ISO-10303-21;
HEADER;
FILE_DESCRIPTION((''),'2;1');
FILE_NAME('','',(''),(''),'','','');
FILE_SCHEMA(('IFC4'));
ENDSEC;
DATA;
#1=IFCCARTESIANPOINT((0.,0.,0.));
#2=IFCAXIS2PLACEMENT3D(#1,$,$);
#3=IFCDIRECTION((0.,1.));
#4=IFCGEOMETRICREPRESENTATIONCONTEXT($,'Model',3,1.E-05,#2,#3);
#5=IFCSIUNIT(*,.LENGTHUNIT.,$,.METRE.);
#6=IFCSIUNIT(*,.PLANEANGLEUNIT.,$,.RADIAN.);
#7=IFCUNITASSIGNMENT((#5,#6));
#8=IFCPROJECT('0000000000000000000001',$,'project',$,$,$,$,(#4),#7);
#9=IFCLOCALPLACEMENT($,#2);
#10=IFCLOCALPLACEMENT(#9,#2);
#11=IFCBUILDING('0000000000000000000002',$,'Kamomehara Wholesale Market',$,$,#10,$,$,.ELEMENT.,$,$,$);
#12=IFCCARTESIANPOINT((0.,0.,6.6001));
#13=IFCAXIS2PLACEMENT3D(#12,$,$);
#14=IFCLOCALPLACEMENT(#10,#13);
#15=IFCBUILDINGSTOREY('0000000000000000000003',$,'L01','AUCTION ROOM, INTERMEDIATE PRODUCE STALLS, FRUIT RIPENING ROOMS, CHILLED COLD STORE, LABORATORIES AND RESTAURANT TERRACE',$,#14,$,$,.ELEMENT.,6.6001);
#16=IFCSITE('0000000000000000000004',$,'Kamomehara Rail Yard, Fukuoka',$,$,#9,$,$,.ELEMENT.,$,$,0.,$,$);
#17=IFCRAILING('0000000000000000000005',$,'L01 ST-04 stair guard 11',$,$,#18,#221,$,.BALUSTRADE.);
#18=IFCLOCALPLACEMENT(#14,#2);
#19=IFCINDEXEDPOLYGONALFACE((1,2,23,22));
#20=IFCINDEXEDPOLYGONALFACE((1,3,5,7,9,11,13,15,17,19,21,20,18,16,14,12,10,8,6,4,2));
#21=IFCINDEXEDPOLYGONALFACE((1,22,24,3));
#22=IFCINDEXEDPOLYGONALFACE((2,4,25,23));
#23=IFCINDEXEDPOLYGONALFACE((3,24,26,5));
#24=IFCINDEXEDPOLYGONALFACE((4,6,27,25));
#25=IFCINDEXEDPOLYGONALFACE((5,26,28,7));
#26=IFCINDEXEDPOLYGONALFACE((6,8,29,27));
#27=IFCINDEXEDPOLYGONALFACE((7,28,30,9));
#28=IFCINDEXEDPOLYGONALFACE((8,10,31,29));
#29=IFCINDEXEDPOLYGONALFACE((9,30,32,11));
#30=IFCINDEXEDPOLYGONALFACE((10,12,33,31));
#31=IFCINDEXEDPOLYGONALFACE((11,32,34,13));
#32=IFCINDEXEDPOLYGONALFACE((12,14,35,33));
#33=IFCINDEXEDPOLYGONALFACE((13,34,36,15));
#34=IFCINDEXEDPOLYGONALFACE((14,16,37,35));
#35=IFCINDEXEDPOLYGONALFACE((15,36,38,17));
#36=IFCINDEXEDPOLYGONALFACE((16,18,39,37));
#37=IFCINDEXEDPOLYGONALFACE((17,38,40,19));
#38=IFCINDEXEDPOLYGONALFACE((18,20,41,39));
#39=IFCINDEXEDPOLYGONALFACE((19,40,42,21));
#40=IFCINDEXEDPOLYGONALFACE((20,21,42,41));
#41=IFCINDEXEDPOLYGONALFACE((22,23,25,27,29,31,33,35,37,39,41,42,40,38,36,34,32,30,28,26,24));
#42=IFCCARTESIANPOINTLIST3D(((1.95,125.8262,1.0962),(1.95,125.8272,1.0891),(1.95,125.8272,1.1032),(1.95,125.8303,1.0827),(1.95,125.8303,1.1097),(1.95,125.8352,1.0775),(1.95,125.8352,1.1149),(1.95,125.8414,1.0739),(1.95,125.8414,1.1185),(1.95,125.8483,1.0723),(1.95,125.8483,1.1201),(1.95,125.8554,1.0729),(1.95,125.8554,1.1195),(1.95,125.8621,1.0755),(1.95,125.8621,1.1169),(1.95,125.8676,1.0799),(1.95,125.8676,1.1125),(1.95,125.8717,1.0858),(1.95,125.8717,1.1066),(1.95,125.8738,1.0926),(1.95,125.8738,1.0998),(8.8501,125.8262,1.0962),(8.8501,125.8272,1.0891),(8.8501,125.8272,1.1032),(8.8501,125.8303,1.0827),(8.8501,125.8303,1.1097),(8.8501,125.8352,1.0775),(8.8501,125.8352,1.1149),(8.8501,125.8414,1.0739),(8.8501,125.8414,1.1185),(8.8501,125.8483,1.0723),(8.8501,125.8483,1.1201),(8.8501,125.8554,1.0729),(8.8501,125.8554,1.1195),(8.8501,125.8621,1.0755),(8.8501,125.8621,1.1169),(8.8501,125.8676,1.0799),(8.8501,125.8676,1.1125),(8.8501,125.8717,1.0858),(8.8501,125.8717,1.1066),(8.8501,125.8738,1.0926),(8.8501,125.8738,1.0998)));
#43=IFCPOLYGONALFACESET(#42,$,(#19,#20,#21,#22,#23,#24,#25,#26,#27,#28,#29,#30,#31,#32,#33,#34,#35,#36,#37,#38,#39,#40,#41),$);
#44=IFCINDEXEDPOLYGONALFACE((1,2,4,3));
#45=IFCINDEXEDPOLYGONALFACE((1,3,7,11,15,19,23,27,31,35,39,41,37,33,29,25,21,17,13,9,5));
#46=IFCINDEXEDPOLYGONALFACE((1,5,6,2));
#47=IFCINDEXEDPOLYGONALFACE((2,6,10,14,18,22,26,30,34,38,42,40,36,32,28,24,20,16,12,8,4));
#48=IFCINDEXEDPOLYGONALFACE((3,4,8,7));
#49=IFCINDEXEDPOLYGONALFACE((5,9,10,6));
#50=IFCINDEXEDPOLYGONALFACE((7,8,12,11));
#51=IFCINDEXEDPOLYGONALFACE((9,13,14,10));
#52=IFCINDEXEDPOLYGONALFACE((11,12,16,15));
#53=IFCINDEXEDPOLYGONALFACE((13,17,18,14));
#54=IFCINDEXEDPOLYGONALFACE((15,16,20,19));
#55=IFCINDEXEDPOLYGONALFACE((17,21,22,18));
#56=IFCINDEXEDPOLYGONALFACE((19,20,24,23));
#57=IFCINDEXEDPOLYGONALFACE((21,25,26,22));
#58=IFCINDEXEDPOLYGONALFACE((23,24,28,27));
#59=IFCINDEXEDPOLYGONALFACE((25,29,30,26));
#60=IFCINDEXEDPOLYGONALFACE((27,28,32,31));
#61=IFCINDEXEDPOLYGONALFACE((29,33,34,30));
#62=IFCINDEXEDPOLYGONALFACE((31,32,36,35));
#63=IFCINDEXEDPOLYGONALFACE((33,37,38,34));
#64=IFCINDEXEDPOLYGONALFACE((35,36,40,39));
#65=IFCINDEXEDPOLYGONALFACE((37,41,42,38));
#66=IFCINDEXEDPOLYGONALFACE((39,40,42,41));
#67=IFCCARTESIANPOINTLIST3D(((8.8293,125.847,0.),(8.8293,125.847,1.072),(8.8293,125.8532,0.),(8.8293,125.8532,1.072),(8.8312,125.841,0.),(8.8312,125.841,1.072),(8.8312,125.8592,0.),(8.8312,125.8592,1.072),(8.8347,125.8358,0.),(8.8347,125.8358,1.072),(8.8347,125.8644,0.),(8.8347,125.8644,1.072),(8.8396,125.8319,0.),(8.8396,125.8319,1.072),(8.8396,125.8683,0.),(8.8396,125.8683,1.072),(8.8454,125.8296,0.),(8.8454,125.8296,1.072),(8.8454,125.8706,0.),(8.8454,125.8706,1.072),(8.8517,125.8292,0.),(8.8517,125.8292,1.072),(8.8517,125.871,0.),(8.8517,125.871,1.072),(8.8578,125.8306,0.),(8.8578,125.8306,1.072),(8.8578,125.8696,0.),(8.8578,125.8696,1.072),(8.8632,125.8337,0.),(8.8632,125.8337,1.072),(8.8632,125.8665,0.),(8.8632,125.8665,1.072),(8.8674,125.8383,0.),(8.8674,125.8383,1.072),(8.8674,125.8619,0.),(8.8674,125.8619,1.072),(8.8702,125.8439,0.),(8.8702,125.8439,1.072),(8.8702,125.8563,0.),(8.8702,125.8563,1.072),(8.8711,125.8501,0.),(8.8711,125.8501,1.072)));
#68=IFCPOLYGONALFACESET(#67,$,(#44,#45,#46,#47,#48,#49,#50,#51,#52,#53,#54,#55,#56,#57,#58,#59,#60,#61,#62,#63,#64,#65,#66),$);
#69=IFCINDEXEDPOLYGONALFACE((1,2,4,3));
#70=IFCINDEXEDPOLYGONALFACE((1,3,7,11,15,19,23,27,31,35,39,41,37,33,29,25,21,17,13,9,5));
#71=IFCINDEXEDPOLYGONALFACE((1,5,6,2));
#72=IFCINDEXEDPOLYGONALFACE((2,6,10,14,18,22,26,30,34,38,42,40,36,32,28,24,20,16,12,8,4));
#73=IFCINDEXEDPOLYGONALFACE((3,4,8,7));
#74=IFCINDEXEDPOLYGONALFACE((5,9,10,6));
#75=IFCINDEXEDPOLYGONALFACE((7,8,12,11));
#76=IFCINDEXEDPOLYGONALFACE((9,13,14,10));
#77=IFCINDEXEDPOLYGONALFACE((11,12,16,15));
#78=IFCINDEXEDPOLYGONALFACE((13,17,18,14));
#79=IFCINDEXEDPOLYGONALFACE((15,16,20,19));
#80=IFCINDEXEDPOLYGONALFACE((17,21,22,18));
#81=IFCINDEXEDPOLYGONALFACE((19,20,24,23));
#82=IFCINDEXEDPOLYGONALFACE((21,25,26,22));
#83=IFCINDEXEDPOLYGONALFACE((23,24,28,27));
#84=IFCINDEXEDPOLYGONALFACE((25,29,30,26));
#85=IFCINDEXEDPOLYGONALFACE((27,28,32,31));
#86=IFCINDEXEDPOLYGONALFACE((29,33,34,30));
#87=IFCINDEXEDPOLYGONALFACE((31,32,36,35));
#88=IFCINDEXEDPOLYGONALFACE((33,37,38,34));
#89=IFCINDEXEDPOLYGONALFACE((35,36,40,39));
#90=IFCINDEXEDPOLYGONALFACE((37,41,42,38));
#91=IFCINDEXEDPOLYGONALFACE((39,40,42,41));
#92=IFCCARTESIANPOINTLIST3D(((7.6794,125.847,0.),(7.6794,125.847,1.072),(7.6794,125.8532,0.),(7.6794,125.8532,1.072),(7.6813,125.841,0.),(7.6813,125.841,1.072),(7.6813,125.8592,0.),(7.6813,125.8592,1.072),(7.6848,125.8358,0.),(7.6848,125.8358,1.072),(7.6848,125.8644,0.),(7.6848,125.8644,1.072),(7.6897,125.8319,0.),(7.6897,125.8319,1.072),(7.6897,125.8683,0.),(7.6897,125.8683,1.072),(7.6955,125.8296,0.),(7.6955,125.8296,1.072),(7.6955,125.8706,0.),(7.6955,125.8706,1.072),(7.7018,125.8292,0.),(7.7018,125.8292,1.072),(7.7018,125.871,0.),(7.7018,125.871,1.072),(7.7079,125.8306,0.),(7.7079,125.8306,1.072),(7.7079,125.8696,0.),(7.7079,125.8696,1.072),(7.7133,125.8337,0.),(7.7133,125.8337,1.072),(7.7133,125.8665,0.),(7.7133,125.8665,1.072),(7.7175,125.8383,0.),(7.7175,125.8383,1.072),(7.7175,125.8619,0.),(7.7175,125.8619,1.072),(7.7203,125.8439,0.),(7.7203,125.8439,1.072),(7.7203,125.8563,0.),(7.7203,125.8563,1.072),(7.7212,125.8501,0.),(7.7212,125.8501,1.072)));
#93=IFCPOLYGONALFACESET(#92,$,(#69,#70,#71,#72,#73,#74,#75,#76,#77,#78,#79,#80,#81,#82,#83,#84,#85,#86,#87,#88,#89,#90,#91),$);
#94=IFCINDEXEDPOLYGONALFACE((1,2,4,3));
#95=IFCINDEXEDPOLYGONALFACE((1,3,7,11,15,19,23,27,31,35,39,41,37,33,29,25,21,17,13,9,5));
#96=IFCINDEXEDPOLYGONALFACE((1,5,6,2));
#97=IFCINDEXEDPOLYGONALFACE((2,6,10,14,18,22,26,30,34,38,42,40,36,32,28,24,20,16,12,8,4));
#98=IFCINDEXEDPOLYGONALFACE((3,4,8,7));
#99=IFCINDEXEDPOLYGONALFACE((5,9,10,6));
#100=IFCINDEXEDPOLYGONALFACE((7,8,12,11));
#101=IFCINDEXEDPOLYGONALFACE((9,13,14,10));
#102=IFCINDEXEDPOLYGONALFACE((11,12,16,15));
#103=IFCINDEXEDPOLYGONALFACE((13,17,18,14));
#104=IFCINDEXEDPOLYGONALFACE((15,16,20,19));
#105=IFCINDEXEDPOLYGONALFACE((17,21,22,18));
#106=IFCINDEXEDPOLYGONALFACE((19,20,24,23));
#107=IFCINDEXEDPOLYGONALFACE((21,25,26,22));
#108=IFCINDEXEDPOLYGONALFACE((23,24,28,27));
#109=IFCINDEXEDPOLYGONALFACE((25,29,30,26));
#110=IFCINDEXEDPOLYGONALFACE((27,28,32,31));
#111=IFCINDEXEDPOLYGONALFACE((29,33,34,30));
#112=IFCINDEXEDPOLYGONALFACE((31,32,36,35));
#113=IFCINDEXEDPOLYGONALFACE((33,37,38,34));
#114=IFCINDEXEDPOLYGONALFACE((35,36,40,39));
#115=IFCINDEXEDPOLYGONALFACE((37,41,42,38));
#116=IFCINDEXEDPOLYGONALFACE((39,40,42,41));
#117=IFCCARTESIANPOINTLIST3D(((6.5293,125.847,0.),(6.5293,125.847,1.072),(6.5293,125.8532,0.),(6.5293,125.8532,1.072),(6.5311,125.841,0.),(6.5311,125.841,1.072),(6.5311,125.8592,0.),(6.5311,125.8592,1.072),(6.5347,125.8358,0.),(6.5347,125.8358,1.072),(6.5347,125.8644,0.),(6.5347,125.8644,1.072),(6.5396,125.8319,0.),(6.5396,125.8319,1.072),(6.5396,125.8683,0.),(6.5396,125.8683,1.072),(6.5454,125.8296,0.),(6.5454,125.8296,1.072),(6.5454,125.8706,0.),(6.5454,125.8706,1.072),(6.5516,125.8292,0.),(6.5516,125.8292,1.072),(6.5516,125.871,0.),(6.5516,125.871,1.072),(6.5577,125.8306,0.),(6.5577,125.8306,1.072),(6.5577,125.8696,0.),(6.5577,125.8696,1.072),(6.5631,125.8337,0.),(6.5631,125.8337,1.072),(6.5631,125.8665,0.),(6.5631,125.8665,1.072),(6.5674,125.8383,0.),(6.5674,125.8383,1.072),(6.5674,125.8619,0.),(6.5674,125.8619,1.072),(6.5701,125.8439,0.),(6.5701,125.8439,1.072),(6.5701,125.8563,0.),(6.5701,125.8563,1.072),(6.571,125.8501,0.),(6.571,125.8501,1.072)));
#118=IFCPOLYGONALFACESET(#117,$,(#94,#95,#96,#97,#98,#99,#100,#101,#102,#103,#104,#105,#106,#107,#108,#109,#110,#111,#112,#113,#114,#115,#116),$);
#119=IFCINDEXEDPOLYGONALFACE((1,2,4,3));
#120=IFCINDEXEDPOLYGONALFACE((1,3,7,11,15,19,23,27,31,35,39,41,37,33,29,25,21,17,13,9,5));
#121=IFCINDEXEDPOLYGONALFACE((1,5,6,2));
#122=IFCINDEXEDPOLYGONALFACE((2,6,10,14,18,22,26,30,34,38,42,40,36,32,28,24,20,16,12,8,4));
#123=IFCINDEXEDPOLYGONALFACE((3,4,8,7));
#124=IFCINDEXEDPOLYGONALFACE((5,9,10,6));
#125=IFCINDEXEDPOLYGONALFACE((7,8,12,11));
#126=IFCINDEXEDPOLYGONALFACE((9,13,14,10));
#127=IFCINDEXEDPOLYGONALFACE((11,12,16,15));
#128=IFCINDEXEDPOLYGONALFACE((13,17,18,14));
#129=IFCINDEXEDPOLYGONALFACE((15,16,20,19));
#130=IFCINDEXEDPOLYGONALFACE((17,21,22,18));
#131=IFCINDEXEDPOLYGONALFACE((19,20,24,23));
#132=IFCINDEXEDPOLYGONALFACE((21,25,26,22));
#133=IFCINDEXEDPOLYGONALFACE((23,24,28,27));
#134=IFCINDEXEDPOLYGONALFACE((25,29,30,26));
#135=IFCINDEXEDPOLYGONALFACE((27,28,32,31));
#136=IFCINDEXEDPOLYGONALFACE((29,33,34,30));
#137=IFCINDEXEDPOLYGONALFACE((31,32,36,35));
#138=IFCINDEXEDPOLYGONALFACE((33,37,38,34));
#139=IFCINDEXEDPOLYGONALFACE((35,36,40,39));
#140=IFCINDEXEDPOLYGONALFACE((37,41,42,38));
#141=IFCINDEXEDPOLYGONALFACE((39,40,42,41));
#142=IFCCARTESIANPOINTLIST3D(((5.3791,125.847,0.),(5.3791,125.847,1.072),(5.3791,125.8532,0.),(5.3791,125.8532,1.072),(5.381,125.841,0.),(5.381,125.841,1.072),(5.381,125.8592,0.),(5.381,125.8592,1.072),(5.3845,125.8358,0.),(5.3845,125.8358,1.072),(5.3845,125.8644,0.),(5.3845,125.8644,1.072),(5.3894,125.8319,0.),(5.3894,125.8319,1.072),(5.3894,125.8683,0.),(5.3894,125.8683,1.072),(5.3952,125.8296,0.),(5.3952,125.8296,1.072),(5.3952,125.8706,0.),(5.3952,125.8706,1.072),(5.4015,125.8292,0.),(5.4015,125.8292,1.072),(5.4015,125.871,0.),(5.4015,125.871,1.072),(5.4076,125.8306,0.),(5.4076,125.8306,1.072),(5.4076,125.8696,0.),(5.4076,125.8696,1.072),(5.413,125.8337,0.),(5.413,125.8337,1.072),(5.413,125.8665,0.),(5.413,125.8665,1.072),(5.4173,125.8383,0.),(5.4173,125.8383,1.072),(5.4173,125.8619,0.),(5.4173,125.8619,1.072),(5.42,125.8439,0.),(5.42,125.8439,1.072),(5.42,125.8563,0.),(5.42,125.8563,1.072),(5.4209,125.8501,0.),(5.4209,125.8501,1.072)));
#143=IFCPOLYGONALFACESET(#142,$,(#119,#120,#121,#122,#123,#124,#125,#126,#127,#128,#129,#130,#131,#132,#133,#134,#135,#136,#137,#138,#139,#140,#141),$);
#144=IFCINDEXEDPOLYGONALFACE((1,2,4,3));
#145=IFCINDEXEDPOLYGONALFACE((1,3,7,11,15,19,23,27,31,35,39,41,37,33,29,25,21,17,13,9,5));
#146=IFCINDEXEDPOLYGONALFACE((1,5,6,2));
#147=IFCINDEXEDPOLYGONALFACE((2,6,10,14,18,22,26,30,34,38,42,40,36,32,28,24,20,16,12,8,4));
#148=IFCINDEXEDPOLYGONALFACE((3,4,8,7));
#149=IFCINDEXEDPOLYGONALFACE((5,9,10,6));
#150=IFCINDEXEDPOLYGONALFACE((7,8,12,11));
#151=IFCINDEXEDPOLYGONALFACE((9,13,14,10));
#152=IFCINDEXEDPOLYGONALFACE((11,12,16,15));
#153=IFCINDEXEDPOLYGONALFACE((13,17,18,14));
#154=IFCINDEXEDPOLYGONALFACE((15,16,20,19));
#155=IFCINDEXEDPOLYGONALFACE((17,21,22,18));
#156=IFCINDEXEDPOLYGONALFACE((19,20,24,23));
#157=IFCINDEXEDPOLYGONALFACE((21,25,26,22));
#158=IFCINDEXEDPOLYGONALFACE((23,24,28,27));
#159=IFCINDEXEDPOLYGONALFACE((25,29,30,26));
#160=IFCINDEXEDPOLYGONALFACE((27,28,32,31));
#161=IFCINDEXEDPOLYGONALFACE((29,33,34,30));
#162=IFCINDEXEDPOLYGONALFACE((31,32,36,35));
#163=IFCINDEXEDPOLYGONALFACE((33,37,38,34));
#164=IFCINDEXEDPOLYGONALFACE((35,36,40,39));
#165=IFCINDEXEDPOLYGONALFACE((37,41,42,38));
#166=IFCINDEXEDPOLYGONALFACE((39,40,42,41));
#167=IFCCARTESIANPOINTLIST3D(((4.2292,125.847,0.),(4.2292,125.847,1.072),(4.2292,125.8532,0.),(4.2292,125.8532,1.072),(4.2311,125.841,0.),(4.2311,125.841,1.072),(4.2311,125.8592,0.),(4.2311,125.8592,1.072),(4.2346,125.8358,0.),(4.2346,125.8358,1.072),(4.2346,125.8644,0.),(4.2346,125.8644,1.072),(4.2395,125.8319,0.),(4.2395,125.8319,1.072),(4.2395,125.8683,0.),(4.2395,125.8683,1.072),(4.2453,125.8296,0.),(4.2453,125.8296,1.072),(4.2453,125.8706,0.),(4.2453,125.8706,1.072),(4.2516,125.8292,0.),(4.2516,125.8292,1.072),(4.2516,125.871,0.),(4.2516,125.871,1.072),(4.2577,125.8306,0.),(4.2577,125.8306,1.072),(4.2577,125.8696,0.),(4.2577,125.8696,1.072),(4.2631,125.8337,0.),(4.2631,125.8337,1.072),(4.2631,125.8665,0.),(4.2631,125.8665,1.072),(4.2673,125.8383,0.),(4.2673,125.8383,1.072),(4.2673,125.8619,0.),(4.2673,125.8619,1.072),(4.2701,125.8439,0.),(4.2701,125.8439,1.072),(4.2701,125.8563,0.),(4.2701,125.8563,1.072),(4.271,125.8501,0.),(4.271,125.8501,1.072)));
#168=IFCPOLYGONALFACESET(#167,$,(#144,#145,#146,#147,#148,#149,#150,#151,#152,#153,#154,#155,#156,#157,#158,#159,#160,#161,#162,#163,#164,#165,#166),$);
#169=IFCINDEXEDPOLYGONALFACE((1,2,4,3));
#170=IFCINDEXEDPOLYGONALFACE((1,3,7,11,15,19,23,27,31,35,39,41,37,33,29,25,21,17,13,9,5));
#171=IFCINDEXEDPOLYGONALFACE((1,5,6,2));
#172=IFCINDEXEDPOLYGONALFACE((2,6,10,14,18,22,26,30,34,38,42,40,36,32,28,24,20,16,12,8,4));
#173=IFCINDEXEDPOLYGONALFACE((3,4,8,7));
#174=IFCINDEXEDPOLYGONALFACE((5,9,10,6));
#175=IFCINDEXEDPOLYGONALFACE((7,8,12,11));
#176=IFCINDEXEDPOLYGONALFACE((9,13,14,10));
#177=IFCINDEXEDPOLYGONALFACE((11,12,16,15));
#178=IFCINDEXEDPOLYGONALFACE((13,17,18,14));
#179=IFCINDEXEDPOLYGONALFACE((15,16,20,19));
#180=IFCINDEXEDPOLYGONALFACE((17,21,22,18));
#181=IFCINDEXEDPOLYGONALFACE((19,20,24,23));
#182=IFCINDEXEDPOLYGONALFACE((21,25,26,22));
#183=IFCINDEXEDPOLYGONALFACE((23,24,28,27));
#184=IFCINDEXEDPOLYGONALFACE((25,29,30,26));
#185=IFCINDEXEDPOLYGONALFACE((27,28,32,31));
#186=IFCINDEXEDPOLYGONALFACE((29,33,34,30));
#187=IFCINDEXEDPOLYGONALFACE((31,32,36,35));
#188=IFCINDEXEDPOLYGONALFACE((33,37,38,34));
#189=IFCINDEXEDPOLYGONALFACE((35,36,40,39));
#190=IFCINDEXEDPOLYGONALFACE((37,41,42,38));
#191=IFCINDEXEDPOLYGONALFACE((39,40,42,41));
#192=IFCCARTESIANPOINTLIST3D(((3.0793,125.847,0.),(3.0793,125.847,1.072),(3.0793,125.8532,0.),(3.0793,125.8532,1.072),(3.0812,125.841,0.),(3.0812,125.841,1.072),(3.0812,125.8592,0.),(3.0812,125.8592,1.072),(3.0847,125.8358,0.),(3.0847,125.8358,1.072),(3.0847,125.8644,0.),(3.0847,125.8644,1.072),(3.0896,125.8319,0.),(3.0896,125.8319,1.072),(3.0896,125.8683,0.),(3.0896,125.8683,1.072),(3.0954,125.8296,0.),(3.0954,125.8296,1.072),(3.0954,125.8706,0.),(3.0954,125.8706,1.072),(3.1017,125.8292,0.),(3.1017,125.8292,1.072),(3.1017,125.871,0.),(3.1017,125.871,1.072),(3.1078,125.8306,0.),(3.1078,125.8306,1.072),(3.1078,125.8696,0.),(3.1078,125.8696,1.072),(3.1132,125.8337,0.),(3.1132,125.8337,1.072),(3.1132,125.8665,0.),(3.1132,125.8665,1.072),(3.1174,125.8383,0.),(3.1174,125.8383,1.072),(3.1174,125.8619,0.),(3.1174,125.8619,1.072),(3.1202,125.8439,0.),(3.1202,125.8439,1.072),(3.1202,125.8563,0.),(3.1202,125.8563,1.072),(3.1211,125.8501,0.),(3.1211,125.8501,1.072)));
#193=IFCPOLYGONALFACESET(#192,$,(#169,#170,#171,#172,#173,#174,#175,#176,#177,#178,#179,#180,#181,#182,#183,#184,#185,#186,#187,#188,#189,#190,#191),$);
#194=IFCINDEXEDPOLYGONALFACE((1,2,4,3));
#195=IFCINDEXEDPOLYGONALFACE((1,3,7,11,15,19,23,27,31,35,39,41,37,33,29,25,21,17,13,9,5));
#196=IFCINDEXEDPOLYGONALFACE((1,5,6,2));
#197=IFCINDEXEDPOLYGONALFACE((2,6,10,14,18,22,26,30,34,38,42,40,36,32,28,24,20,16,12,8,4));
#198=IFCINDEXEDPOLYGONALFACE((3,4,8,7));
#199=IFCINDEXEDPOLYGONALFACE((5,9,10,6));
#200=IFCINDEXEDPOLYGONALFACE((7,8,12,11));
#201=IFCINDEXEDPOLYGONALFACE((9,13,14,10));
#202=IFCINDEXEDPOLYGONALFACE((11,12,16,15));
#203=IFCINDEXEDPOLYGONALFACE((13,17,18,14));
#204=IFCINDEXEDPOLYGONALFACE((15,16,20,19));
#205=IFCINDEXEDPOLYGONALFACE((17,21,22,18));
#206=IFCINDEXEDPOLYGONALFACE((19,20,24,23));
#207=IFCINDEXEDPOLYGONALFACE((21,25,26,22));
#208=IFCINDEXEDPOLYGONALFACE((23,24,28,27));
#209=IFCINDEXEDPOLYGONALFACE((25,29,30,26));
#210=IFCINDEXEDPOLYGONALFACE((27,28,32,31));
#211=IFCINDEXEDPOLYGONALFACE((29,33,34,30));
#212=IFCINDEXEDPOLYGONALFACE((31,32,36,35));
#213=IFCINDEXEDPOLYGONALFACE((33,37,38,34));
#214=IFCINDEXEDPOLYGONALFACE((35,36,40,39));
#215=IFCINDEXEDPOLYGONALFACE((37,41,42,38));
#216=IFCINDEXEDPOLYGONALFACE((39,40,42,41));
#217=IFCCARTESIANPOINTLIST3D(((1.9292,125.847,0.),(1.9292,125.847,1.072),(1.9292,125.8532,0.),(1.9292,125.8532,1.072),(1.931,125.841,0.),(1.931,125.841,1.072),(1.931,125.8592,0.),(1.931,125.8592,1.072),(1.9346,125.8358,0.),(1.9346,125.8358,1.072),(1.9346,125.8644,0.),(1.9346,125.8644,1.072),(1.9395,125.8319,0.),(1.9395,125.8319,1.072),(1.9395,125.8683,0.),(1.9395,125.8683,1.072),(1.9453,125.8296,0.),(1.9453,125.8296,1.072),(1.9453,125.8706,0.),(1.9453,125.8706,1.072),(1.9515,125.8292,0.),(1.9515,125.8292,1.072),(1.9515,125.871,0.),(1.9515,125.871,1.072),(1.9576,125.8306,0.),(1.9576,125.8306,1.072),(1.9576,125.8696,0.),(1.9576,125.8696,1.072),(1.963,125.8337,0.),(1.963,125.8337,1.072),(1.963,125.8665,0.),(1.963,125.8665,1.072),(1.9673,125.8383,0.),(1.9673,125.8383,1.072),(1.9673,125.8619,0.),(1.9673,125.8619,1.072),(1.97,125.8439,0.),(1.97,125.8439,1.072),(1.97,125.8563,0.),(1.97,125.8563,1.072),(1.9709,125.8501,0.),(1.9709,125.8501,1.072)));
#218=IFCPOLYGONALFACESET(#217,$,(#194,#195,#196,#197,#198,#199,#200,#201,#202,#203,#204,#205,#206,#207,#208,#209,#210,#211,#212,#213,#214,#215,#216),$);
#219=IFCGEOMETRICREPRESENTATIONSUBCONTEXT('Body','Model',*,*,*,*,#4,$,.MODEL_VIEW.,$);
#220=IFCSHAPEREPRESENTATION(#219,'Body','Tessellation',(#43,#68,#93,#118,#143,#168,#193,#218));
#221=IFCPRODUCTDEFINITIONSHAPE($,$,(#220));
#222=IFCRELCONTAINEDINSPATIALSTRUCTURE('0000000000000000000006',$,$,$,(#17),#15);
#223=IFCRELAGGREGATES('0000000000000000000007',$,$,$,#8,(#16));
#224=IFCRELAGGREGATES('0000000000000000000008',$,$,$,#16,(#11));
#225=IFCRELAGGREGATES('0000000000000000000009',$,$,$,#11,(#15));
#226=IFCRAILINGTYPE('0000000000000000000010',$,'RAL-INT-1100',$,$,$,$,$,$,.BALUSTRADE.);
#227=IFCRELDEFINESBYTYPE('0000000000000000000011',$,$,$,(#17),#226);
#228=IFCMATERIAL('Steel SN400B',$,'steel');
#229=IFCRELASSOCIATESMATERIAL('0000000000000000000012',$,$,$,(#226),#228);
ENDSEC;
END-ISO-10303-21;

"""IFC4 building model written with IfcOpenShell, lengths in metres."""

from ifc_helpers import new_model, si_unit, direction, frame, origin, origin_2d, place, context, subcontext, project, spatial, circle, extrude, material, type_object, element, save


model = new_model("IFC4")

# Units and contexts
model_context = context("Model", 3, precision=1e-05, world=origin(), true_north=direction((0.0, 1.0)))
body_context = subcontext(model_context, "Body", "Model", "MODEL_VIEW")
ifc_project = project(units=[si_unit("LENGTHUNIT", "METRE"), si_unit("PLANEANGLEUNIT", "RADIAN")], contexts=[model_context])

# Site, building, storey
site_placement = place(None, origin())
site = spatial("IfcSite", under=ifc_project, at=site_placement, Name="Kamomehara Rail Yard, Fukuoka", CompositionType="ELEMENT", RefElevation=0.0)
building_placement = place(site_placement, origin())
building = spatial("IfcBuilding", under=site, at=building_placement, Name="Kamomehara Wholesale Market", CompositionType="ELEMENT")
storey_placement = place(building_placement, frame((0.0, 0.0, 6.6001)))
storey = spatial("IfcBuildingStorey", under=building, at=storey_placement, Name="L01", Description="AUCTION ROOM, INTERMEDIATE PRODUCE STALLS, FRUIT RIPENING ROOMS, CHILLED COLD STORE, LABORATORIES AND RESTAURANT TERRACE", CompositionType="ELEMENT", Elevation=6.6001)

# Railing
ifc_material_1 = material(Name="Steel SN400B", Category="steel")
railing_type = type_object("IfcRailingType", Name="RAL-INT-1100", PredefinedType="BALUSTRADE", material=ifc_material_1)
railing_placement = place(storey_placement, frame((8.8501, 125.8501, 0.0)))
element("IfcRailing", 1, at=railing_placement, inside=storey, type_object=railing_type, Name="L01 ST-04 stair guard 11", PredefinedType="BALUSTRADE", context=body_context, shape_type="SweptSolid", body=[
    extrude(circle(Radius=0.0239, at=origin_2d()), frame((0.0, 0.0, 1.0962), z_axis=(-1.0, 0.0, 0.0), x_axis=(0.0, -1.0, 0.0)), (0.0, 0.0, 1.0), 6.9001),
    extrude(circle(Radius=0.021, at=origin_2d()), origin(), (0.0, 0.0, 1.0), 1.072),
    extrude(circle(Radius=0.021, at=origin_2d()), frame((-1.1499, 0.0, 0.0)), (0.0, 0.0, 1.0), 1.072),
    extrude(circle(Radius=0.021, at=origin_2d()), frame((-2.3, 0.0, 0.0)), (0.0, 0.0, 1.0), 1.072),
    extrude(circle(Radius=0.021, at=origin_2d()), frame((-3.4502, 0.0, 0.0)), (0.0, 0.0, 1.0), 1.072),
    extrude(circle(Radius=0.021, at=origin_2d()), frame((-4.6001, 0.0, 0.0)), (0.0, 0.0, 1.0), 1.072),
    extrude(circle(Radius=0.021, at=origin_2d()), frame((-5.75, 0.0, 0.0)), (0.0, 0.0, 1.0), 1.072),
    extrude(circle(Radius=0.021, at=origin_2d()), frame((-6.9001, 0.0, 0.0)), (0.0, 0.0, 1.0), 1.072),
])

save(model, "model.ifc")
